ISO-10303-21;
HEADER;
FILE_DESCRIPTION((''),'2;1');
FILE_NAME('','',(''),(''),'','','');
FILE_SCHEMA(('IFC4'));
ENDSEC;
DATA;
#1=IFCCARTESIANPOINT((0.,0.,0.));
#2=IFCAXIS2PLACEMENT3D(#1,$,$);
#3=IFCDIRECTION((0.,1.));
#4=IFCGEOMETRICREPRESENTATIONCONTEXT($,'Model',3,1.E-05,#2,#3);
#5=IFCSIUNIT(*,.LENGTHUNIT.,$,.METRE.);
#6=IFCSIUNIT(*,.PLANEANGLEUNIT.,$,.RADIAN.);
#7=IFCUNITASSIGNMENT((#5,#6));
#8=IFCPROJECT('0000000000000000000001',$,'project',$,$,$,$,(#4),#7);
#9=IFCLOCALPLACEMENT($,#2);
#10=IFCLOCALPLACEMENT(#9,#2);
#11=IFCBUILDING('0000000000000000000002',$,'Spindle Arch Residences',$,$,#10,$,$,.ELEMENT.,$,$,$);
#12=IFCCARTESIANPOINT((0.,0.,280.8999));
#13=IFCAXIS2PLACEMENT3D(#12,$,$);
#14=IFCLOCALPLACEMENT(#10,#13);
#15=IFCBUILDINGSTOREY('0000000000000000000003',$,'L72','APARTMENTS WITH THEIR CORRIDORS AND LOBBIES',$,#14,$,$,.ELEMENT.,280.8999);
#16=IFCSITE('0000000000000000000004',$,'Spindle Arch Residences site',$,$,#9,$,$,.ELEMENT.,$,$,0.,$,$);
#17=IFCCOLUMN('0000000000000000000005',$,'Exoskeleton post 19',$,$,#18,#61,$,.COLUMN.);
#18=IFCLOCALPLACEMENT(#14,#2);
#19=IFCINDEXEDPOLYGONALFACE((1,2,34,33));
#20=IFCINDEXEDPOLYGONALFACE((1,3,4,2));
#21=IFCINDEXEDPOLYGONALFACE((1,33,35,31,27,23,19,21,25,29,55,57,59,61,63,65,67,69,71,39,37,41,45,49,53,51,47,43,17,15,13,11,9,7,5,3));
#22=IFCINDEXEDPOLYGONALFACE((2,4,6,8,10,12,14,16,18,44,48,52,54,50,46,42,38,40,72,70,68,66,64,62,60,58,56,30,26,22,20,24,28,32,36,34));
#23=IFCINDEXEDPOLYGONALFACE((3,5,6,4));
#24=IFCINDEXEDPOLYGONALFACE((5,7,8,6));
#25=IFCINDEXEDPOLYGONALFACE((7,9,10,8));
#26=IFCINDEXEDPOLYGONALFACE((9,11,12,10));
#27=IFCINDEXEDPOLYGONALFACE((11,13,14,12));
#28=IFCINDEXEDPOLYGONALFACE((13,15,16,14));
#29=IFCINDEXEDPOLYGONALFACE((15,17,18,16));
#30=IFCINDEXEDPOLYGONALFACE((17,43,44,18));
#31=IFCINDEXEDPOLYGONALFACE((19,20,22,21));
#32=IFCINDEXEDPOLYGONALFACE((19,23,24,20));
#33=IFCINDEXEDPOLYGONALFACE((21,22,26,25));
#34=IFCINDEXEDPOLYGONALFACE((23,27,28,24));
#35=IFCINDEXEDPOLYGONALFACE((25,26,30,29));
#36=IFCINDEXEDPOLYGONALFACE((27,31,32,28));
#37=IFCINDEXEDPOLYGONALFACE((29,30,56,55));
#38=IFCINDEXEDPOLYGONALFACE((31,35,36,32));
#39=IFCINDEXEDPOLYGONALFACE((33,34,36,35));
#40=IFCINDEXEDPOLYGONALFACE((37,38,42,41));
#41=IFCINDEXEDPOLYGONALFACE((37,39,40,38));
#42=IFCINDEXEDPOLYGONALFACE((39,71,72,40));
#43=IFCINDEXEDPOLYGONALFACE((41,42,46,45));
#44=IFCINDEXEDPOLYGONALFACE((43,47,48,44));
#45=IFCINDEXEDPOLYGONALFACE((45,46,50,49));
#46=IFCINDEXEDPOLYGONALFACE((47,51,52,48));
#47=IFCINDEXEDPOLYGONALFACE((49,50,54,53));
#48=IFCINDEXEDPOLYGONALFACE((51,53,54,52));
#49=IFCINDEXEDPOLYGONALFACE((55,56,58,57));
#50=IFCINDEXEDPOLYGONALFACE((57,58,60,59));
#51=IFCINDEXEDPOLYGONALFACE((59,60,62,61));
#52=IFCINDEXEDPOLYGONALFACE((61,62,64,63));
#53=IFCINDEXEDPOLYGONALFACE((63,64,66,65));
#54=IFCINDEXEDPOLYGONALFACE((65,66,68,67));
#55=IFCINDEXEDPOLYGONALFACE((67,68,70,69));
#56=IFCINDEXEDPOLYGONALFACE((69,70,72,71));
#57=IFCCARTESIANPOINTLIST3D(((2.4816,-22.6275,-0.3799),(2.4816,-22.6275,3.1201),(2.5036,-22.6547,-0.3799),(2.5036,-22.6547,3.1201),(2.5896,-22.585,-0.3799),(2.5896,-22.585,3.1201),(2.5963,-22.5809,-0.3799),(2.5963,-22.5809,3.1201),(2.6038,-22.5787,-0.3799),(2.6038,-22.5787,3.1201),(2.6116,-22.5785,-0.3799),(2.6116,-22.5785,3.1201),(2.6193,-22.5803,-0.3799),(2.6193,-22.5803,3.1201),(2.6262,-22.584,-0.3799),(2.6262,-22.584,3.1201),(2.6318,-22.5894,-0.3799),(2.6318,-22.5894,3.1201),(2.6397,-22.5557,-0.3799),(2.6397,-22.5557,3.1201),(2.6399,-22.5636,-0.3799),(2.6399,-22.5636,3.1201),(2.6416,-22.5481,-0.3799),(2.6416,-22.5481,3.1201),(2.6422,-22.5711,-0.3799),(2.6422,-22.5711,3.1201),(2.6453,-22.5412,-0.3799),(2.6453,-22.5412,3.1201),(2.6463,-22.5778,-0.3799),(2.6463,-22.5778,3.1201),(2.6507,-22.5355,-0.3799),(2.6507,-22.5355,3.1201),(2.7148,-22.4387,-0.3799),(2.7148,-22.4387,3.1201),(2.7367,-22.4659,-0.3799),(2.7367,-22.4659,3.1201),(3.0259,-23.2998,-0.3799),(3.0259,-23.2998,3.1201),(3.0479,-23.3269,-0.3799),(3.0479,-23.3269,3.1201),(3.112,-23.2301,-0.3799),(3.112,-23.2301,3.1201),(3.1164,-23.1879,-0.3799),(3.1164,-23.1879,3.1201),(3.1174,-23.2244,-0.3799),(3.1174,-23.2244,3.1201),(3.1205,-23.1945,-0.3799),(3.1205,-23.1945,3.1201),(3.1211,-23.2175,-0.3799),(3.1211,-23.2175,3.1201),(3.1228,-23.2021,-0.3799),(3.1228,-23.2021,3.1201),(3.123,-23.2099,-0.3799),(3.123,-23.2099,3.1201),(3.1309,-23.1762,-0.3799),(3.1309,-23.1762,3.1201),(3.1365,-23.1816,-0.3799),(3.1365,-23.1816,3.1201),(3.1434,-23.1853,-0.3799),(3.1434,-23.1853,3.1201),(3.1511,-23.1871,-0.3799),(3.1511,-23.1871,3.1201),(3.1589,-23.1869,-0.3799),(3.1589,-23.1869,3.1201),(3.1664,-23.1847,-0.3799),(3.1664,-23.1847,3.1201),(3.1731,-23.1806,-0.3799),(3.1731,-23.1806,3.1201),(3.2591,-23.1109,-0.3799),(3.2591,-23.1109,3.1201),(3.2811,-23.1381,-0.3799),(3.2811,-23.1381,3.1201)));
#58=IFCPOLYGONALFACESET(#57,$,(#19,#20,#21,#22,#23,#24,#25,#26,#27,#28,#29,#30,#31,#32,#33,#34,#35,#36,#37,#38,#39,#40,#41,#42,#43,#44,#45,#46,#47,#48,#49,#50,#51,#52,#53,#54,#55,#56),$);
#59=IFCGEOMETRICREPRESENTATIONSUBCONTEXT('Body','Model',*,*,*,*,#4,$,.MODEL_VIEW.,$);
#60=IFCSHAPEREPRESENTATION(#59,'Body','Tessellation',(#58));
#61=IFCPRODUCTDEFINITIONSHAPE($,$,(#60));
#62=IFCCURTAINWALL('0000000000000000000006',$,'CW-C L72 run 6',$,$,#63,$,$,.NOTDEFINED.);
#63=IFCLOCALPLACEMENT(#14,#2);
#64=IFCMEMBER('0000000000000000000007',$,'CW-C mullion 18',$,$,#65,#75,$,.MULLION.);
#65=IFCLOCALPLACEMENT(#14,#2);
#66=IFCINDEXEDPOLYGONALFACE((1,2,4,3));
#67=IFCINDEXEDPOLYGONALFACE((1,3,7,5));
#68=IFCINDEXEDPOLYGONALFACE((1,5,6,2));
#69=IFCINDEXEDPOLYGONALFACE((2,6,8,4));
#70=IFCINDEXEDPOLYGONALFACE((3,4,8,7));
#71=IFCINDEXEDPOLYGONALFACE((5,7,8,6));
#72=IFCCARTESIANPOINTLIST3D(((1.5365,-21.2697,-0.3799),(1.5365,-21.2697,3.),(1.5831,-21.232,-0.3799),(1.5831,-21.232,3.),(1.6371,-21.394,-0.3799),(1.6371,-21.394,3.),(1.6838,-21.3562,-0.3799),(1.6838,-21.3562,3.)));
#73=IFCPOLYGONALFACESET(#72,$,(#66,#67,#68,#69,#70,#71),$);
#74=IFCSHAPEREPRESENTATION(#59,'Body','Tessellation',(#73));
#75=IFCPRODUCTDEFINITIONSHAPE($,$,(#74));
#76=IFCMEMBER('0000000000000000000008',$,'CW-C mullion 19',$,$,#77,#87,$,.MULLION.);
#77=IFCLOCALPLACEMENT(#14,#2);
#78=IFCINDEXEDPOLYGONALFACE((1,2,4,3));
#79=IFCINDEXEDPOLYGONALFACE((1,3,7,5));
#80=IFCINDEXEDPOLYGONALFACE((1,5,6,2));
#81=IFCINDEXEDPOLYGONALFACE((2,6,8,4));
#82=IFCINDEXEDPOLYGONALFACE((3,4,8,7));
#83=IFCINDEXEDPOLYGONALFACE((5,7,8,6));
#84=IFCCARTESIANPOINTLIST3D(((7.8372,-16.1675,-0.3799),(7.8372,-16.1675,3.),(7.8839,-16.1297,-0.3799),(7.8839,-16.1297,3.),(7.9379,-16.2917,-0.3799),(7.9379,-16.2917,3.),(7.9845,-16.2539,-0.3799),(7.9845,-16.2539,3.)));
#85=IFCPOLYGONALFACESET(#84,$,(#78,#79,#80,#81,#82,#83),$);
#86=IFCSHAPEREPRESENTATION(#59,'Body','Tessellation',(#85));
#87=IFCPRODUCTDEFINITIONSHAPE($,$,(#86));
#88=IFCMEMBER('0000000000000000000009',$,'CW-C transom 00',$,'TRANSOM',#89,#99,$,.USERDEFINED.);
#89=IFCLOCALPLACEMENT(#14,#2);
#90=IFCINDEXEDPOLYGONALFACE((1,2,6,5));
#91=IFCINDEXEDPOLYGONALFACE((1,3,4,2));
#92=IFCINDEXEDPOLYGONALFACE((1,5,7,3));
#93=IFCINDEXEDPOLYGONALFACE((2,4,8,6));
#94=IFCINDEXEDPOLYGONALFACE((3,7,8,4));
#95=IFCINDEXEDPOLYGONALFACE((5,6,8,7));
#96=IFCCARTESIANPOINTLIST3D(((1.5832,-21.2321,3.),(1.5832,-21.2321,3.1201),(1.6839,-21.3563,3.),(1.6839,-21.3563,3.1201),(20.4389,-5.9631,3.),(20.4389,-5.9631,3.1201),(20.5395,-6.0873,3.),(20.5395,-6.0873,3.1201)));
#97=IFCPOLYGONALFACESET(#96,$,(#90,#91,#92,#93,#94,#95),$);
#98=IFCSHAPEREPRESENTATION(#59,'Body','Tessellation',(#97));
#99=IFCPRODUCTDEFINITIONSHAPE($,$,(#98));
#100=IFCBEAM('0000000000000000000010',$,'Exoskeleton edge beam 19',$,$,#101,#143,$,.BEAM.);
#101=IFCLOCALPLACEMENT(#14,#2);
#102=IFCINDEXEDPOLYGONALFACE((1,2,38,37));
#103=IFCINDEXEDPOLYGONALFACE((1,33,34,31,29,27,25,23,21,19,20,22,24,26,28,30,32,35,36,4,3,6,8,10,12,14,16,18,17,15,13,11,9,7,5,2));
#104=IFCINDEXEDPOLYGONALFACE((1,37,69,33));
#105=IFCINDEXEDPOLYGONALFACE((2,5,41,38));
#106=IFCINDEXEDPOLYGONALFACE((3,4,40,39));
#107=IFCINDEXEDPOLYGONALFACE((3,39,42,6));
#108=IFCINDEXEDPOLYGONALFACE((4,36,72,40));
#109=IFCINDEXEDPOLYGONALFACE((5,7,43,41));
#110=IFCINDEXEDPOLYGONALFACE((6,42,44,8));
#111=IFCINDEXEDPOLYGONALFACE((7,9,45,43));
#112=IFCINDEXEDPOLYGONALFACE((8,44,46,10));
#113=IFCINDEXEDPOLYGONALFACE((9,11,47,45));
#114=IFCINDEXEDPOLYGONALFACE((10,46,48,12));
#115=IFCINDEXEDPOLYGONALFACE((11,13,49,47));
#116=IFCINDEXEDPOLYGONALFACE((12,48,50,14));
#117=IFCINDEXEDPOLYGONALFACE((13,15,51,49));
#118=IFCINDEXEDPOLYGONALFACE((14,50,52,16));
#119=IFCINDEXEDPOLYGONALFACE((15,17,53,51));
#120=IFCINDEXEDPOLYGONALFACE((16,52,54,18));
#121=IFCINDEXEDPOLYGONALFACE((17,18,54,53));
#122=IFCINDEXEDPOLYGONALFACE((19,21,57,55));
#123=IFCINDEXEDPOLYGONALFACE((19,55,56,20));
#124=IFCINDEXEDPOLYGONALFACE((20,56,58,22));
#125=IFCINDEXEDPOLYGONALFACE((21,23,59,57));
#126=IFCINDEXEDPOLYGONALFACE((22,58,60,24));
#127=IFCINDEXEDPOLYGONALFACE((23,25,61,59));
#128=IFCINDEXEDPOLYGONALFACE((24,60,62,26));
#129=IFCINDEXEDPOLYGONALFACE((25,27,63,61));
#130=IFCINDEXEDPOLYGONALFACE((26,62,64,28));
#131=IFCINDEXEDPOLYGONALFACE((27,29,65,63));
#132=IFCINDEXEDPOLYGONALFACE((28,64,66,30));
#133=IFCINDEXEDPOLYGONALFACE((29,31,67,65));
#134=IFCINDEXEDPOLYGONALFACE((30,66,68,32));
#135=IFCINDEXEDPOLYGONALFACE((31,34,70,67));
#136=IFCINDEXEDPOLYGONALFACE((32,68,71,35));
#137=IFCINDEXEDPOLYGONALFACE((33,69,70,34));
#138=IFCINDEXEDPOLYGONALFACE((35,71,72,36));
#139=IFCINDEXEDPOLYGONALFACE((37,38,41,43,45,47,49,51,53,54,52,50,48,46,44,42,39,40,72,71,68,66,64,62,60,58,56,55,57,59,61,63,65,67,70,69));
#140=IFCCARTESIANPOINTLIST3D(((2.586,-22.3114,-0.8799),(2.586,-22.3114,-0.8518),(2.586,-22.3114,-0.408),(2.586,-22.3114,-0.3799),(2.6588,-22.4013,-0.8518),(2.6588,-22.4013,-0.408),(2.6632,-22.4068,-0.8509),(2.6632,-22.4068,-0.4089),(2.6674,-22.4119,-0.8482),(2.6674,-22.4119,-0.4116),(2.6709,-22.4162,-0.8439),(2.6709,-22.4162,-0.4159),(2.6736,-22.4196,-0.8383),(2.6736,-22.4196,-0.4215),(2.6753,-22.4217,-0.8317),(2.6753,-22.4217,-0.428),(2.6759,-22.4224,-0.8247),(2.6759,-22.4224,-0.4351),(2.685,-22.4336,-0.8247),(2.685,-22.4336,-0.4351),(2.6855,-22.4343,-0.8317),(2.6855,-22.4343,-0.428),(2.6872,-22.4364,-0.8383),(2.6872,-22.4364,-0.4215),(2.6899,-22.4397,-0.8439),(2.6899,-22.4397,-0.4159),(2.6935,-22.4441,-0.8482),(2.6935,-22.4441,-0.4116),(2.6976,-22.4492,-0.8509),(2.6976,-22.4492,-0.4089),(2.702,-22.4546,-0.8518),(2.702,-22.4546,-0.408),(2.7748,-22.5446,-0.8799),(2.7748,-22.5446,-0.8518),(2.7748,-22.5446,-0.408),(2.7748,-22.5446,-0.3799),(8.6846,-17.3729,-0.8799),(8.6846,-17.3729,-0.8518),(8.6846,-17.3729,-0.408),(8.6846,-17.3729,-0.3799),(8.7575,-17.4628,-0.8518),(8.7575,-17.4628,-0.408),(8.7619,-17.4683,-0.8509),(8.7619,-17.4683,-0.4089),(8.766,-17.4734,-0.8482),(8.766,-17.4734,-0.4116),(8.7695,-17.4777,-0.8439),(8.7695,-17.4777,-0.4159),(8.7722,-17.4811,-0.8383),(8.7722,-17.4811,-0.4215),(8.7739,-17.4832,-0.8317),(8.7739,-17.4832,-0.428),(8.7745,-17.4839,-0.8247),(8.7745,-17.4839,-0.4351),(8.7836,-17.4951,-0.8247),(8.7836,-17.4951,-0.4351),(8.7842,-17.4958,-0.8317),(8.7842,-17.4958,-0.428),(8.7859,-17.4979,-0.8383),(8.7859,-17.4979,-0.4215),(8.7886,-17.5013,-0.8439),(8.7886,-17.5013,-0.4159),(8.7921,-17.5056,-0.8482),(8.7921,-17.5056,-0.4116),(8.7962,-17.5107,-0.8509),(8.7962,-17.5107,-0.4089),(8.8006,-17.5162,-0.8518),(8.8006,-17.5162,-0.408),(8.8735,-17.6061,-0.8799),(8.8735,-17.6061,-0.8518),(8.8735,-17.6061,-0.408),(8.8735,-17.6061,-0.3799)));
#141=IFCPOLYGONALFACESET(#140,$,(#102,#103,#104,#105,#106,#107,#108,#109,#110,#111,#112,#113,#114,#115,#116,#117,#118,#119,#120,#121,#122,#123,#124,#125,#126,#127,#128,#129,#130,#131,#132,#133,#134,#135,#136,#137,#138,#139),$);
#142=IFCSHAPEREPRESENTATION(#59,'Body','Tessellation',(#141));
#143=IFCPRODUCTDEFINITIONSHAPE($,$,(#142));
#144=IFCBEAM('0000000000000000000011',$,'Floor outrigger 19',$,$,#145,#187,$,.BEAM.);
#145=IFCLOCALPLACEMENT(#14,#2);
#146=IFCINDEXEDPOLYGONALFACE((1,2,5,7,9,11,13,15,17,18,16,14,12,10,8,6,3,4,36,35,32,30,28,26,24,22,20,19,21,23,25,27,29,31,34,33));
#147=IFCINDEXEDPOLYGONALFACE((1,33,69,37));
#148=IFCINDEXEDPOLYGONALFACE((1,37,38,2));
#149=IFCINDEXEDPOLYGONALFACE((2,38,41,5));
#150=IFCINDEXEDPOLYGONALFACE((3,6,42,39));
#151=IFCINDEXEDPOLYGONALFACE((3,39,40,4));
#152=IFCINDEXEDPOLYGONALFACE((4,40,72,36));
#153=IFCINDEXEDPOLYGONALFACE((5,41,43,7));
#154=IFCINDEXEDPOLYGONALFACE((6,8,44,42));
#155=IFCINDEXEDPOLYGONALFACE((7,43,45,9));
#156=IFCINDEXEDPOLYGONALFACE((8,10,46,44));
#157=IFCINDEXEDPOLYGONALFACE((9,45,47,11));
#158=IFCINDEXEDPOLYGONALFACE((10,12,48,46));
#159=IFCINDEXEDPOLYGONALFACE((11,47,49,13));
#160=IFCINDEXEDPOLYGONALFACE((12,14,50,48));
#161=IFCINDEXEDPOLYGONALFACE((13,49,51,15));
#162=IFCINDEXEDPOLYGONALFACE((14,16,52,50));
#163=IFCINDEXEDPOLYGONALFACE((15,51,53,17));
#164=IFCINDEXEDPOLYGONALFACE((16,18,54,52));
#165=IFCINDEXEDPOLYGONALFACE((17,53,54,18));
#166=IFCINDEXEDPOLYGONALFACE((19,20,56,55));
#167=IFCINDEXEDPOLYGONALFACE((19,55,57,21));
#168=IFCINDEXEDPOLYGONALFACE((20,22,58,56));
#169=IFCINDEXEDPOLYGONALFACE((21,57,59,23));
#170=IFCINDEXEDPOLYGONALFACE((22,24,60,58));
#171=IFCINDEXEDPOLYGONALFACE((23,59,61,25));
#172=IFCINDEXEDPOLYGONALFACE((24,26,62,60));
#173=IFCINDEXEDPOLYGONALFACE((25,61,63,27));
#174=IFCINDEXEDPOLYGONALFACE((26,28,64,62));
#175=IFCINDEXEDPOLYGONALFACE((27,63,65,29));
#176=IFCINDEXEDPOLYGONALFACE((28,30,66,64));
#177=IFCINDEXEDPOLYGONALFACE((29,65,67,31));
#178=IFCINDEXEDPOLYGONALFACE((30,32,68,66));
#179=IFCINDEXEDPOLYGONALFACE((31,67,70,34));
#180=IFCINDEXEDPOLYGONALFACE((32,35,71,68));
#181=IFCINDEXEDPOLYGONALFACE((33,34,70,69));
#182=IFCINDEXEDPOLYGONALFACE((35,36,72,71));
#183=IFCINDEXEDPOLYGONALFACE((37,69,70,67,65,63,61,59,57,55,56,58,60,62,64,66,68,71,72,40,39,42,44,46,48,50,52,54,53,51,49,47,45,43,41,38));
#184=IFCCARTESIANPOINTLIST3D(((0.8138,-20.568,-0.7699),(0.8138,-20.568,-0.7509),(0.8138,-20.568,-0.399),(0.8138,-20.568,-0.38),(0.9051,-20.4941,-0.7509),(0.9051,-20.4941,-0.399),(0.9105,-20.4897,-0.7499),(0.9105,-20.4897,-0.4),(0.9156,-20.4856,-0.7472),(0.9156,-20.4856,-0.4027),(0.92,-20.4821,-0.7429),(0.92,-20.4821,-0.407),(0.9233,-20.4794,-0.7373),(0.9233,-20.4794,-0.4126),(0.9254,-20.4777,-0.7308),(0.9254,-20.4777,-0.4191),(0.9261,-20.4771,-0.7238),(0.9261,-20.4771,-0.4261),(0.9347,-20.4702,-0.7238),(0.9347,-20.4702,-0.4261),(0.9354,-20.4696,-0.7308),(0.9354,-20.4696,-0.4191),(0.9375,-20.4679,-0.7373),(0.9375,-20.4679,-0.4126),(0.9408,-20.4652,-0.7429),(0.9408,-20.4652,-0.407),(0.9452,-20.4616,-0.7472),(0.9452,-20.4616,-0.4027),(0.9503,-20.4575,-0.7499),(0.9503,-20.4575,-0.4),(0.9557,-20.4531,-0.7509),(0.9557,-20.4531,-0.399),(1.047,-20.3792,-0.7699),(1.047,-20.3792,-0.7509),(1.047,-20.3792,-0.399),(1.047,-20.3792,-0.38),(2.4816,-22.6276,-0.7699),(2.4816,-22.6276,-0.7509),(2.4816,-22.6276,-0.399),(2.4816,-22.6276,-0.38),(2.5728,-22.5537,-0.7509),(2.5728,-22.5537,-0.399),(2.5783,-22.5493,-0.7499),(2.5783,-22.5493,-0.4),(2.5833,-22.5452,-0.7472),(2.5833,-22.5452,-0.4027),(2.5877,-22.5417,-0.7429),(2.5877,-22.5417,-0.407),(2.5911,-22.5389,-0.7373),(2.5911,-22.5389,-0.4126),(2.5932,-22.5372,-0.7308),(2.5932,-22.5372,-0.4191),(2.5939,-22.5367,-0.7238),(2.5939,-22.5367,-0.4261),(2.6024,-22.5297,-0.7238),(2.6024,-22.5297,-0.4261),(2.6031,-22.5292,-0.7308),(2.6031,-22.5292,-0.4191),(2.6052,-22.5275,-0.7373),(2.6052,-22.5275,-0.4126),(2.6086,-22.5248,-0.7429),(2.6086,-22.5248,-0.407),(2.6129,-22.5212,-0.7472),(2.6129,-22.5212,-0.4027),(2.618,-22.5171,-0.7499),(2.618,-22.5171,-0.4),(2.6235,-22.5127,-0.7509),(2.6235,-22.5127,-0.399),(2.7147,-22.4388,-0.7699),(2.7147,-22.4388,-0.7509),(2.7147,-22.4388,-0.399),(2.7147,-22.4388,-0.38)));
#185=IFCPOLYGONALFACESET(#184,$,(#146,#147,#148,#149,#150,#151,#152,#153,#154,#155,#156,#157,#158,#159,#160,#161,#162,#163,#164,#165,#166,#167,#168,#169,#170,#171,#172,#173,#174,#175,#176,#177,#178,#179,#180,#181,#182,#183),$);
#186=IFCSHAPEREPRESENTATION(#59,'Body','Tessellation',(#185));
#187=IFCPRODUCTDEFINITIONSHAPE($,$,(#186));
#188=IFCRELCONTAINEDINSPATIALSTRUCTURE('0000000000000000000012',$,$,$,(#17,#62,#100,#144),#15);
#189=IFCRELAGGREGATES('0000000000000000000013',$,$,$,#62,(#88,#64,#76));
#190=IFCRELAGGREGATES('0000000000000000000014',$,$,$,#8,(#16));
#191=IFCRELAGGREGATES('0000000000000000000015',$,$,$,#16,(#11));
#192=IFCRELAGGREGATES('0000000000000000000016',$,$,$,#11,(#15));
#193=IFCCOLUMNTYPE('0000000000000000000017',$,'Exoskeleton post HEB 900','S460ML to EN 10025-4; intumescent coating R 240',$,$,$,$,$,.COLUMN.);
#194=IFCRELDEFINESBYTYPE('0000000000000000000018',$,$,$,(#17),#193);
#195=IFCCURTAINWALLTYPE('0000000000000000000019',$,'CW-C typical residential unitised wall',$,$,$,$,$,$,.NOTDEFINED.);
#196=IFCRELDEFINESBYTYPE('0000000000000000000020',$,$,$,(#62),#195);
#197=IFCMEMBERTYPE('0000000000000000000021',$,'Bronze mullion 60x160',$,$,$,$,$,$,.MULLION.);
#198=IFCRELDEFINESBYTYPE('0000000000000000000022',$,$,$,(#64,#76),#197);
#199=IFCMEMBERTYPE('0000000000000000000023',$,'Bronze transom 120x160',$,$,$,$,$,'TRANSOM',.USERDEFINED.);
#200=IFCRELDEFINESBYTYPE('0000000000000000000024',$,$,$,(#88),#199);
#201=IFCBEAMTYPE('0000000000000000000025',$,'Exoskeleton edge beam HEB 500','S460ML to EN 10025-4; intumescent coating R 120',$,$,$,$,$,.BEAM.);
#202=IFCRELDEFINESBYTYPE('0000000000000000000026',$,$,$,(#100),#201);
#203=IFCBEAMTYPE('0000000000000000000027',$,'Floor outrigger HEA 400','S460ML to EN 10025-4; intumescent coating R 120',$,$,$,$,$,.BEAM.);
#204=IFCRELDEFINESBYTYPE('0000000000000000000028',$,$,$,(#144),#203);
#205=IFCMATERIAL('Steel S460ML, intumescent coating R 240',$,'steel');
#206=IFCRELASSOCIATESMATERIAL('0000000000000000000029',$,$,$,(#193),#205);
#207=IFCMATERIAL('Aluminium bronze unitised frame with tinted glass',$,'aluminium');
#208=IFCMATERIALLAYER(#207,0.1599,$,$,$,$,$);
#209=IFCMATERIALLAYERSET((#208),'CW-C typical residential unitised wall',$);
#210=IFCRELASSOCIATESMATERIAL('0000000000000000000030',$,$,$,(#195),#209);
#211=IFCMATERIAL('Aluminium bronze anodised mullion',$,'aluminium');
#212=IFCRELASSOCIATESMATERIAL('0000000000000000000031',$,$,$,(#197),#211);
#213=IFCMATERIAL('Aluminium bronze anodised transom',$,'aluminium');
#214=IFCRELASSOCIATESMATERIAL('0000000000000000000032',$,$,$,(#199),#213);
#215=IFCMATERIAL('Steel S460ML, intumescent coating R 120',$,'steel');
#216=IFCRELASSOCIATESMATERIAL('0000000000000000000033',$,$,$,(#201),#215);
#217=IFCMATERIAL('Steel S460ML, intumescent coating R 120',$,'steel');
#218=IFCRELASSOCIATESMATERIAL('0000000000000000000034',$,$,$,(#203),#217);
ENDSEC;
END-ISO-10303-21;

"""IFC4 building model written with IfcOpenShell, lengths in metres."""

from ifc_helpers import new_model, si_unit, direction, frame, origin, origin_2d, place, context, subcontext, project, spatial, rectangle, i_section, extrude, material, layer, layer_set, material_profile, profile_set, type_object, element, aggregate, save


model = new_model("IFC4")

# Units and contexts
model_context = context("Model", 3, precision=1e-05, world=origin(), true_north=direction((0.0, 1.0)))
body_context = subcontext(model_context, "Body", "Model", "MODEL_VIEW")
ifc_project = project(units=[si_unit("LENGTHUNIT", "METRE"), si_unit("PLANEANGLEUNIT", "RADIAN")], contexts=[model_context])

# Site, building, storey
site_placement = place(None, origin())
site = spatial("IfcSite", under=ifc_project, at=site_placement, Name="Spindle Arch Residences site", CompositionType="ELEMENT", RefElevation=0.0)
building_placement = place(site_placement, origin())
building = spatial("IfcBuilding", under=site, at=building_placement, Name="Spindle Arch Residences", CompositionType="ELEMENT")
storey_placement = place(building_placement, frame((0.0, 0.0, 280.8999)))
storey = spatial("IfcBuildingStorey", under=building, at=storey_placement, Name="L72", Description="APARTMENTS WITH THEIR CORRIDORS AND LOBBIES", CompositionType="ELEMENT", Elevation=280.8999)

# Column
ifc_material_1 = material(Name="Steel S460ML, intumescent coating R 240", Category="steel")
ifc_material_profile_1 = material_profile(ifc_material_1, i_section(OverallWidth=0.3, OverallDepth=0.8999, WebThickness=0.0186, FlangeThickness=0.0349, FilletRadius=0.03, at=origin_2d()), Name="HEB 900")
ifc_profile_set_1 = profile_set([ifc_material_profile_1], Name="Steel S460ML, intumescent coating R 240")
column_type = type_object("IfcColumnType", Name="Exoskeleton post HEB 900", Description="S460ML to EN 10025-4; intumescent coating R 240", PredefinedType="COLUMN", material=ifc_profile_set_1)
column_placement = place(storey_placement, frame((2.8813, -22.8828, -0.3799), z_axis=(0.0, 0.0, 1.0), x_axis=(-0.777146, -0.62932, 0.0)))
element("IfcColumn", 1, at=column_placement, inside=storey, type_object=column_type, Name="Exoskeleton post 19", PredefinedType="COLUMN", context=body_context, shape_type="SweptSolid", body=[
    extrude(i_section(OverallWidth=0.3, OverallDepth=0.8999, WebThickness=0.0186, FlangeThickness=0.0349, FilletRadius=0.03, at=origin_2d()), origin(), (0.0, 0.0, 1.0), 3.5),
])

# Curtain wall, members
ifc_material_2 = material(Name="Aluminium bronze unitised frame with tinted glass", Category="aluminium")
ifc_layer_1 = layer(ifc_material_2, 0.1599)
ifc_layer_set_1 = layer_set([ifc_layer_1], Name="CW-C typical residential unitised wall")
curtain_wall_type_1 = type_object("IfcCurtainWallType", Name="CW-C typical residential unitised wall", PredefinedType="NOTDEFINED", material=ifc_layer_set_1)
curtain_wall_1_placement = place(storey_placement, origin())
curtain_wall_1 = element("IfcCurtainWall", 2, at=curtain_wall_1_placement, inside=storey, type_object=curtain_wall_type_1, Name="CW-C L72 run 6", PredefinedType="NOTDEFINED")
ifc_material_3 = material(Name="Aluminium bronze anodised mullion", Category="aluminium")
ifc_material_profile_2 = material_profile(ifc_material_3, rectangle(XDim=0.1599, YDim=0.0601, at=origin_2d()), Name="MU 60x160")
ifc_profile_set_2 = profile_set([ifc_material_profile_2], Name="Aluminium bronze anodised mullion")
member_type_1 = type_object("IfcMemberType", Name="Bronze mullion 60x160", PredefinedType="MULLION", material=ifc_profile_set_2)
member_1_placement = place(storey_placement, frame((1.6101, -21.313, -0.3799), z_axis=(0.0, 0.0, 1.0), x_axis=(-0.62932, 0.777146, 0.0)))
member_1 = element("IfcMember", 3, at=member_1_placement, type_object=member_type_1, Name="CW-C mullion 18", PredefinedType="MULLION", context=body_context, shape_type="SweptSolid", body=[
    extrude(rectangle(XDim=0.1599, YDim=0.0601, at=origin_2d()), origin(), (0.0, 0.0, 1.0), 3.3799),
])
member_2_placement = place(storey_placement, frame((7.9109, -16.2107, -0.3799), z_axis=(0.0, 0.0, 1.0), x_axis=(-0.62932, 0.777146, 0.0)))
member_2 = element("IfcMember", 4, at=member_2_placement, type_object=member_type_1, Name="CW-C mullion 19", PredefinedType="MULLION", context=body_context, shape_type="SweptSolid", body=[
    extrude(rectangle(XDim=0.1599, YDim=0.0601, at=origin_2d()), origin(), (0.0, 0.0, 1.0), 3.3799),
])
ifc_material_4 = material(Name="Aluminium bronze anodised transom", Category="aluminium")
ifc_material_profile_3 = material_profile(ifc_material_4, rectangle(XDim=0.1599, YDim=0.1201, at=origin_2d()), Name="TR 120x160")
ifc_profile_set_3 = profile_set([ifc_material_profile_3], Name="Aluminium bronze anodised transom")
member_type_2 = type_object("IfcMemberType", Name="Bronze transom 120x160", ElementType="TRANSOM", PredefinedType="USERDEFINED", material=ifc_profile_set_3)
member_3_placement = place(storey_placement, frame((1.6335, -21.2942, 3.0601), z_axis=(0.777146, 0.62932, 0.0), x_axis=(-0.62932, 0.777146, 0.0)))
member_3 = element("IfcMember", 5, at=member_3_placement, type_object=member_type_2, Name="CW-C transom 00", ObjectType="TRANSOM", PredefinedType="USERDEFINED", context=body_context, shape_type="SweptSolid", body=[
    extrude(rectangle(XDim=0.1599, YDim=0.1201, at=origin_2d()), origin(), (0.0, 0.0, 1.0), 24.2627),
])

# Beams
ifc_material_5 = material(Name="Steel S460ML, intumescent coating R 120", Category="steel")
ifc_material_profile_4 = material_profile(ifc_material_5, i_section(OverallWidth=0.3, OverallDepth=0.5, WebThickness=0.0144, FlangeThickness=0.0281, FilletRadius=0.0271, at=origin_2d()), Name="HEB 500")
ifc_profile_set_4 = profile_set([ifc_material_profile_4], Name="Steel S460ML, intumescent coating R 120")
beam_type_1 = type_object("IfcBeamType", Name="Exoskeleton edge beam HEB 500", Description="S460ML to EN 10025-4; intumescent coating R 120", PredefinedType="BEAM", material=ifc_profile_set_4)
beam_1_placement = place(storey_placement, frame((2.6804, -22.428, -0.6299), z_axis=(0.777152, 0.629313, 0.0), x_axis=(-0.629313, 0.777152, 0.0)))
element("IfcBeam", 6, at=beam_1_placement, inside=storey, type_object=beam_type_1, Name="Exoskeleton edge beam 19", PredefinedType="BEAM", context=body_context, shape_type="SweptSolid", body=[
    extrude(i_section(OverallWidth=0.3, OverallDepth=0.5, WebThickness=0.0144, FlangeThickness=0.0281, FilletRadius=0.0271, at=origin_2d()), origin(), (0.0, 0.0, 1.0), 7.8474),
])
ifc_material_6 = material(Name="Steel S460ML, intumescent coating R 120", Category="steel")
ifc_material_profile_5 = material_profile(ifc_material_6, i_section(OverallWidth=0.3, OverallDepth=0.3899, WebThickness=0.011, FlangeThickness=0.019, FilletRadius=0.0271, at=origin_2d()), Name="HEA 400")
ifc_profile_set_5 = profile_set([ifc_material_profile_5], Name="Steel S460ML, intumescent coating R 120")
beam_type_2 = type_object("IfcBeamType", Name="Floor outrigger HEA 400", Description="S460ML to EN 10025-4; intumescent coating R 120", PredefinedType="BEAM", material=ifc_profile_set_5)
beam_2_placement = place(storey_placement, frame((2.5981, -22.5332, -0.575), z_axis=(-0.629302, 0.777161, 0.0), x_axis=(-0.777161, -0.629302, 0.0)))
element("IfcBeam", 7, at=beam_2_placement, inside=storey, type_object=beam_type_2, Name="Floor outrigger 19", PredefinedType="BEAM", context=body_context, shape_type="SweptSolid", body=[
    extrude(i_section(OverallWidth=0.3, OverallDepth=0.3899, WebThickness=0.011, FlangeThickness=0.019, FilletRadius=0.0271, at=origin_2d()), origin(), (0.0, 0.0, 1.0), 2.6501),
])

aggregate(curtain_wall_1, [member_3, member_1, member_2])

save(model, "model.ifc")
